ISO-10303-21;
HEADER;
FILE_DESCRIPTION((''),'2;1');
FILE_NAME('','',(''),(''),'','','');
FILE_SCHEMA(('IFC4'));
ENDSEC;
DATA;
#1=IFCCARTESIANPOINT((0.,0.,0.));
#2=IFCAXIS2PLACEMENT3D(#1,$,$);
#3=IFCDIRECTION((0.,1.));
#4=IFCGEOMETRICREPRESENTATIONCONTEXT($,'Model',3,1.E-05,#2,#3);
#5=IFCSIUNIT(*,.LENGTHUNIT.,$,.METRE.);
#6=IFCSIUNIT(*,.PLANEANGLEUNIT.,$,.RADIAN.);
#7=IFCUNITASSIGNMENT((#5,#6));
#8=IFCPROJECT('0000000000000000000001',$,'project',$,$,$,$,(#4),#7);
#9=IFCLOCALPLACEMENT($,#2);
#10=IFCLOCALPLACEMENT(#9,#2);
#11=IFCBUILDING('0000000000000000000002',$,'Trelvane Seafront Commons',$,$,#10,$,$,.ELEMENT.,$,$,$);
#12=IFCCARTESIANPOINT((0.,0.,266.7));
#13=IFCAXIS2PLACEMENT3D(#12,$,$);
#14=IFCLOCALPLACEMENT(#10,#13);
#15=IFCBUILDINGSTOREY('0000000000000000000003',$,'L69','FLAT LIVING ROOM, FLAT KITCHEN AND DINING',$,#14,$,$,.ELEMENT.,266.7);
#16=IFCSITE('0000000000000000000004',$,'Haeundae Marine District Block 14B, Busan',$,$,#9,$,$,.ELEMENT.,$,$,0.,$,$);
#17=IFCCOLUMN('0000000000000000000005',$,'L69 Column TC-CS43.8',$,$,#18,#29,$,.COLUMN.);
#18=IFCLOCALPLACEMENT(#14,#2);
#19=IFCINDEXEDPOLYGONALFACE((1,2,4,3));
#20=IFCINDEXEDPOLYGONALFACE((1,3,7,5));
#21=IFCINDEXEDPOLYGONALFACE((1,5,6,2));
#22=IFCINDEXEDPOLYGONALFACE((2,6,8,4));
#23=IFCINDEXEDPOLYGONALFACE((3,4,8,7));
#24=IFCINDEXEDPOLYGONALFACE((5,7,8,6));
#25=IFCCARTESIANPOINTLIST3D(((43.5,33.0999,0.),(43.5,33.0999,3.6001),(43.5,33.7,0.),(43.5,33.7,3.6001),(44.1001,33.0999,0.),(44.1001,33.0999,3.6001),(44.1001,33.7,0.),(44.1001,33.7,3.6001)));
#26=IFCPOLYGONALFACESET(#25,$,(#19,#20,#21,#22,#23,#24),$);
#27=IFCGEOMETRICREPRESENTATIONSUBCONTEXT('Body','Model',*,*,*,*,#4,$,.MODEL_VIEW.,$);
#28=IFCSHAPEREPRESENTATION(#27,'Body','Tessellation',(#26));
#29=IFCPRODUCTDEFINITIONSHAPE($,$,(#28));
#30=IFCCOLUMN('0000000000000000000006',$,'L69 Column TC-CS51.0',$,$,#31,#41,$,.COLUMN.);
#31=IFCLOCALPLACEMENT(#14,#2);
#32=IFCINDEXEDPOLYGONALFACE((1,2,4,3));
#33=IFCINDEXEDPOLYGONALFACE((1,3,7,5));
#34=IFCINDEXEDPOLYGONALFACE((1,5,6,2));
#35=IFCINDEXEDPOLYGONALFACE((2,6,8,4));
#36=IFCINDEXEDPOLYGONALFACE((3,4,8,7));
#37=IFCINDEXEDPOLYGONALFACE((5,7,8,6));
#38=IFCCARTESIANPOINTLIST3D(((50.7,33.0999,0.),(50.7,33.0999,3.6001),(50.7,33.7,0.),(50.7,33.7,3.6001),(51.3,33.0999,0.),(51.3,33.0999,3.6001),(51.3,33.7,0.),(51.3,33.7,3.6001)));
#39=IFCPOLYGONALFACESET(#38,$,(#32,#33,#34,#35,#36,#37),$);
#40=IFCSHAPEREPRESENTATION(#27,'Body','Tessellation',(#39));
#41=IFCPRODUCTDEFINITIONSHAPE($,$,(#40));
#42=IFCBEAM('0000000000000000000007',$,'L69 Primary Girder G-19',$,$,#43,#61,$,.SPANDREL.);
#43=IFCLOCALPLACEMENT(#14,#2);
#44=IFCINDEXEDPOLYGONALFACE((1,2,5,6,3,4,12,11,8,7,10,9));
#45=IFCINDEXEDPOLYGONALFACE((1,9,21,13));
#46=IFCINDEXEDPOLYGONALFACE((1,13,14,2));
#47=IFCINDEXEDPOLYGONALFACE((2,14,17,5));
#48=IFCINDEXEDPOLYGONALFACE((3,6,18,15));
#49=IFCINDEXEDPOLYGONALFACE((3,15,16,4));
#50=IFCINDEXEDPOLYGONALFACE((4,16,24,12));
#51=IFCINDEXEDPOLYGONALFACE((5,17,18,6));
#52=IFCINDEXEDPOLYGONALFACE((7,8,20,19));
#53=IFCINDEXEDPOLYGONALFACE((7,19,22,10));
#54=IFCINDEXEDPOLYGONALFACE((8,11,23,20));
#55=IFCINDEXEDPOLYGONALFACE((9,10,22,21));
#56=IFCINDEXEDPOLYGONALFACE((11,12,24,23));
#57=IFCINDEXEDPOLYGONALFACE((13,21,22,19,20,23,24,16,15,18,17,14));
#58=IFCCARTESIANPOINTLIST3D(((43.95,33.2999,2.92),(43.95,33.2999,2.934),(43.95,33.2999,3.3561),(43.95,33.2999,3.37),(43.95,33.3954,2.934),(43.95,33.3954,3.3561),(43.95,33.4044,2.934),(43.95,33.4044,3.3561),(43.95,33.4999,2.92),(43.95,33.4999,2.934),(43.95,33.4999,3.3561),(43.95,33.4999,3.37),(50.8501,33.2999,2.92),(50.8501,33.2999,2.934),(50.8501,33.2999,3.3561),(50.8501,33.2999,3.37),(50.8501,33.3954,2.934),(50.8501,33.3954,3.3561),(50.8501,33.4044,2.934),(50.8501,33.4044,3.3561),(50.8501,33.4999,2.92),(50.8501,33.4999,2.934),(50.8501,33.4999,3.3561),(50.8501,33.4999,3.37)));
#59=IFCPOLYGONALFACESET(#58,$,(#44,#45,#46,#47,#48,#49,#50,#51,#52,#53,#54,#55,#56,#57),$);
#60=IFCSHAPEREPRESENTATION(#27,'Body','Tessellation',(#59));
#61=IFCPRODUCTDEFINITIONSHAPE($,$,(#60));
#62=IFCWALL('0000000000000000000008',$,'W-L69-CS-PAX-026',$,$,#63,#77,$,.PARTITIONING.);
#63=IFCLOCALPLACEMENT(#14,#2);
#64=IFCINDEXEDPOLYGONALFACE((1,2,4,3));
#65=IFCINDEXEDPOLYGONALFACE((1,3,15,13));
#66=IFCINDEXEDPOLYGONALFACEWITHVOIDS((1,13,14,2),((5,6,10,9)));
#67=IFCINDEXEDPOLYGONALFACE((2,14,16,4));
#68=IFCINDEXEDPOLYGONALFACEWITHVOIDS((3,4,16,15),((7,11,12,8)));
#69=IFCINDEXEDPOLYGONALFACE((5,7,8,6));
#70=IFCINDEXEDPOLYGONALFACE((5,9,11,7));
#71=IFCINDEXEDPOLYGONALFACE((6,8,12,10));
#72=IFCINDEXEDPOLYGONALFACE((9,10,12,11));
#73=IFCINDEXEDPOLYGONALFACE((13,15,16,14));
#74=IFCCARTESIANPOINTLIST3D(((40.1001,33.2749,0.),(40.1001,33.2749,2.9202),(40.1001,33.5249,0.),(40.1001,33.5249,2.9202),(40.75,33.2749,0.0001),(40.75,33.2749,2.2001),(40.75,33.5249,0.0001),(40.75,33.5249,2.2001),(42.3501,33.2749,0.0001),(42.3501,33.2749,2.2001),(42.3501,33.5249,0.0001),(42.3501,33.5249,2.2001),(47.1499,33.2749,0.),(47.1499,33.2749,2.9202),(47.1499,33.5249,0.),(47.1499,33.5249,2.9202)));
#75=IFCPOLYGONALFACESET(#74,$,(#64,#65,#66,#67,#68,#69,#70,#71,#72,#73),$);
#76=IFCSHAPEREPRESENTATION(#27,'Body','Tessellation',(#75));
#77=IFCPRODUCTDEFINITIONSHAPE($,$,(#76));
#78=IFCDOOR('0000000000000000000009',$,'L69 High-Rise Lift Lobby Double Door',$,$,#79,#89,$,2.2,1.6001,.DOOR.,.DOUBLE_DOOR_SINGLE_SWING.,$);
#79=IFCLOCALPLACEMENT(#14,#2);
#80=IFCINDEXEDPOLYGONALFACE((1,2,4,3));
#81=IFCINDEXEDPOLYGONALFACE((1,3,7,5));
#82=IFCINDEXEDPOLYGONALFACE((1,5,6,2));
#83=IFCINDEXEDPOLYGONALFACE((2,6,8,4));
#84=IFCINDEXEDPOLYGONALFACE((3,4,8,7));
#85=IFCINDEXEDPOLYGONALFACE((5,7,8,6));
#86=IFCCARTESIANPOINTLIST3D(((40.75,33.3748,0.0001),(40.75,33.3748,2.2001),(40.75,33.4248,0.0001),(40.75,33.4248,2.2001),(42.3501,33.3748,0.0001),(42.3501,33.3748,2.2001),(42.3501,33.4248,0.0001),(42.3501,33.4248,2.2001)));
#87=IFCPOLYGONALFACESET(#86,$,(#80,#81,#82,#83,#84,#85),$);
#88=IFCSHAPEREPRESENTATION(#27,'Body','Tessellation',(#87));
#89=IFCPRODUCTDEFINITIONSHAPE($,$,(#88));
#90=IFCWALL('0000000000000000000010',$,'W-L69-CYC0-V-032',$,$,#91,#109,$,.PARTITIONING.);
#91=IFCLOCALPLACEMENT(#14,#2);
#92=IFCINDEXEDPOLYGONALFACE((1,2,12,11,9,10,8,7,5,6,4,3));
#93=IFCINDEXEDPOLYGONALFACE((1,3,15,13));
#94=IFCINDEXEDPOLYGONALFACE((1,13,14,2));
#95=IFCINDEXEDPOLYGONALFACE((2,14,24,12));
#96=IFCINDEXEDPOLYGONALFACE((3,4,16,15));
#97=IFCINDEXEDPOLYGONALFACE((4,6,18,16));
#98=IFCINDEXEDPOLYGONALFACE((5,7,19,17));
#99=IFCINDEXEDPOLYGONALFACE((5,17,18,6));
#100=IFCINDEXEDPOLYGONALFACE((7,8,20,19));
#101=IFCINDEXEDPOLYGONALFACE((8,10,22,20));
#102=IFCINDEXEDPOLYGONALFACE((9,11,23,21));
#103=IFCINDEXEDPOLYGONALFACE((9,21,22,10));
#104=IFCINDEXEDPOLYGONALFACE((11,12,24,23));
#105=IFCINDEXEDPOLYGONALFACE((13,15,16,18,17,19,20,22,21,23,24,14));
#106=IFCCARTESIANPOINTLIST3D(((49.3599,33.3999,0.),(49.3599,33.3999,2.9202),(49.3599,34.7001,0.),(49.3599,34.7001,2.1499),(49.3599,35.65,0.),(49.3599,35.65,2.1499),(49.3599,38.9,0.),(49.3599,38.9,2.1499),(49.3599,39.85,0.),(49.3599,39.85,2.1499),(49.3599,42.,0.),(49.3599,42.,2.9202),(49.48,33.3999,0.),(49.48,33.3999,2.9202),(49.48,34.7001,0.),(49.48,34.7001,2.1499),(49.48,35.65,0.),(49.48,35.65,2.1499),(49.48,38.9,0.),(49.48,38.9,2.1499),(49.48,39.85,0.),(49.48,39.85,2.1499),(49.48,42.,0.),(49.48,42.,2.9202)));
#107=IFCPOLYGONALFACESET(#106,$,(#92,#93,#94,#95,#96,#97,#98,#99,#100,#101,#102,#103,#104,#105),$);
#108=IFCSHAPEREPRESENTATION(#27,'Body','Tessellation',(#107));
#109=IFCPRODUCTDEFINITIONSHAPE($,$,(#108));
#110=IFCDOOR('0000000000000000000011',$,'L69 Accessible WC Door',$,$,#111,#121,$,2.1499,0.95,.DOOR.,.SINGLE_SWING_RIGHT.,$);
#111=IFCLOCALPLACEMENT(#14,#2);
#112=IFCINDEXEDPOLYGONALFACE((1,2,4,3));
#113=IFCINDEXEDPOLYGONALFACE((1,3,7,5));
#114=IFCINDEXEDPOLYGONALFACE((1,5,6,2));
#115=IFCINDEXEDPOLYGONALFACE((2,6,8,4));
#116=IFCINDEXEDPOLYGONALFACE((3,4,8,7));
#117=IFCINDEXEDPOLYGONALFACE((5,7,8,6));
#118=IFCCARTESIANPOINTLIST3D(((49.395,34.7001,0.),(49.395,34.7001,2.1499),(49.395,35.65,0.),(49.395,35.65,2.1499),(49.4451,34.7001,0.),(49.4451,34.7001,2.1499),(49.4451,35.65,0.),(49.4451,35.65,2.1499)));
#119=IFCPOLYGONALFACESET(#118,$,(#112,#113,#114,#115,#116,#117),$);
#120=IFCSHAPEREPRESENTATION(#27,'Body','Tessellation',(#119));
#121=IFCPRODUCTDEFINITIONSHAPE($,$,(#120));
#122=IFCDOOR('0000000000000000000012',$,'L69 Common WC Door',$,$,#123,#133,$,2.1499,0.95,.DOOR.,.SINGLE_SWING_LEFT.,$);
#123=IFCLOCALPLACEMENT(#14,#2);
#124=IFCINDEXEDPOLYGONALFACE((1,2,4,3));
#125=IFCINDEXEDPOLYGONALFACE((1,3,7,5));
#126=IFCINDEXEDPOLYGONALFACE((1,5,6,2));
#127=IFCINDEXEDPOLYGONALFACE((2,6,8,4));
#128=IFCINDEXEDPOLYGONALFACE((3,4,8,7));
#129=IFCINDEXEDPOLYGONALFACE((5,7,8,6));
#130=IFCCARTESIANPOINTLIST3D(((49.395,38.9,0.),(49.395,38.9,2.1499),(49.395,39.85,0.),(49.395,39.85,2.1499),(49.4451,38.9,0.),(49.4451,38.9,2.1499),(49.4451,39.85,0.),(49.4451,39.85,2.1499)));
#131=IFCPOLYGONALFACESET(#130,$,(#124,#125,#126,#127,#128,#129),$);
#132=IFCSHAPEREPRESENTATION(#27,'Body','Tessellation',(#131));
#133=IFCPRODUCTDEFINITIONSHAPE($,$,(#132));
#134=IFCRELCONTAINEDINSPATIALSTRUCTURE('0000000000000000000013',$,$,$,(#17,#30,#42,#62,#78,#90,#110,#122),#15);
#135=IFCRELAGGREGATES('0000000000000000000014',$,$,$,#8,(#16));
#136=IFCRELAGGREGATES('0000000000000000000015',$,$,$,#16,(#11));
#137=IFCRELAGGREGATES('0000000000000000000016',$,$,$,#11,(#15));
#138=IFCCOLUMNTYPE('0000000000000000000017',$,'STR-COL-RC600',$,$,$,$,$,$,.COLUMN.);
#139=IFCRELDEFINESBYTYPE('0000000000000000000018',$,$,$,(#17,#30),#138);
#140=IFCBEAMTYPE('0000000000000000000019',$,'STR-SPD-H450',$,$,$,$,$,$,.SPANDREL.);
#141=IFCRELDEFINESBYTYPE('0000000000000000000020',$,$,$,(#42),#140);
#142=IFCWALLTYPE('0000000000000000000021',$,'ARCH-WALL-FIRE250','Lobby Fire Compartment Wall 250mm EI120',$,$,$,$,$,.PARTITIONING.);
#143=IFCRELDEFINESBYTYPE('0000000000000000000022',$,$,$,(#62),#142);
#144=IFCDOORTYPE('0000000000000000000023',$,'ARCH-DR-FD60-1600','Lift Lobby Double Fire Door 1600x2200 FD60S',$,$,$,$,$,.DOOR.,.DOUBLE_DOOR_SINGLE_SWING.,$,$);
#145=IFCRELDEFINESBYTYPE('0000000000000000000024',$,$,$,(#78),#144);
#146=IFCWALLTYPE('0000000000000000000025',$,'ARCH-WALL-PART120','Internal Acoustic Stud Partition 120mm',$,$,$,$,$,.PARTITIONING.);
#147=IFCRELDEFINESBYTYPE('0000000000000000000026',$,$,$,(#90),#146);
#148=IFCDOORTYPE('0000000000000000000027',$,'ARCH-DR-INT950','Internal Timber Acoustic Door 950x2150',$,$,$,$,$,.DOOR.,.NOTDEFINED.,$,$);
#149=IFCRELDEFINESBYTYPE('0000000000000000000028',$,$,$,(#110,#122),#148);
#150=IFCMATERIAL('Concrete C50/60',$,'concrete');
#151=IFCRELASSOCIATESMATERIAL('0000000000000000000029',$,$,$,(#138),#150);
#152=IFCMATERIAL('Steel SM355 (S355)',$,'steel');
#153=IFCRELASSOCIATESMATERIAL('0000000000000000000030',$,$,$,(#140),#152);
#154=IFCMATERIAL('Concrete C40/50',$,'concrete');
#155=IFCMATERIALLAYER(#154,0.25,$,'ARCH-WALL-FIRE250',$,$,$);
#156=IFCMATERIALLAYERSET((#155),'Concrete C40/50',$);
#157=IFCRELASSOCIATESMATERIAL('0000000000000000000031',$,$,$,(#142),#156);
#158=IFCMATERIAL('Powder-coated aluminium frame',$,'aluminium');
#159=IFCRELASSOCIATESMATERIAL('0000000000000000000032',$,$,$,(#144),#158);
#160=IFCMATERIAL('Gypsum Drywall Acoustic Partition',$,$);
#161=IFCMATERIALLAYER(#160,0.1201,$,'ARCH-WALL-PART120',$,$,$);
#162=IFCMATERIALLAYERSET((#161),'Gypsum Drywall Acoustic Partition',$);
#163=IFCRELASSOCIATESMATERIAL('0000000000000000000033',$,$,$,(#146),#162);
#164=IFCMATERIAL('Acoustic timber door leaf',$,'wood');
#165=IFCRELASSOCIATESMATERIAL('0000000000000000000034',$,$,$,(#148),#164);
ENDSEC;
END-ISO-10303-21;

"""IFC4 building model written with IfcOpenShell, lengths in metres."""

from ifc_helpers import new_model, si_unit, direction, frame, frame_2d, origin, origin_2d, place, context, subcontext, project, spatial, rectangle, i_section, extrude, source, transform, mapped, material, layer, layer_set, material_profile, profile_set, type_object, element, fill, save


model = new_model("IFC4")

# Units and contexts
model_context = context("Model", 3, precision=1e-05, world=origin(), true_north=direction((0.0, 1.0)))
body_context = subcontext(model_context, "Body", "Model", "MODEL_VIEW")
ifc_project = project(units=[si_unit("LENGTHUNIT", "METRE"), si_unit("PLANEANGLEUNIT", "RADIAN")], contexts=[model_context])

# Site, building, storey
site_placement = place(None, origin())
site = spatial("IfcSite", under=ifc_project, at=site_placement, Name="Haeundae Marine District Block 14B, Busan", CompositionType="ELEMENT", RefElevation=0.0)
building_placement = place(site_placement, origin())
building = spatial("IfcBuilding", under=site, at=building_placement, Name="Trelvane Seafront Commons", CompositionType="ELEMENT")
storey_placement = place(building_placement, frame((0.0, 0.0, 266.7)))
storey = spatial("IfcBuildingStorey", under=building, at=storey_placement, Name="L69", Description="FLAT LIVING ROOM, FLAT KITCHEN AND DINING", CompositionType="ELEMENT", Elevation=266.7)

# Columns
ifc_material_1 = material(Name="Concrete C50/60", Category="concrete")
ifc_material_profile_1 = material_profile(ifc_material_1, rectangle(XDim=0.6001, YDim=0.6001, at=origin_2d()), Name="RC-600x600")
ifc_profile_set_1 = profile_set([ifc_material_profile_1], Name="Concrete C50/60")
column_type = type_object("IfcColumnType", Name="STR-COL-RC600", PredefinedType="COLUMN", material=ifc_profile_set_1)
shared_shape_1 = source(origin(), body_context, "Body", "SweptSolid", [
    extrude(rectangle(XDim=0.6001, YDim=0.6001, at=origin_2d()), origin(), (0.0, 0.0, 1.0), 3.6001),
])
for number, where, z_axis, x_axis, name in (
    (1, (43.8, 33.3999, 0.0), (0.0, 0.0, 1.0), (1.0, 0.0, 0.0), "L69 Column TC-CS43.8"),
    (2, (51.0, 33.3999, 0.0), (0.0, 0.0, 1.0), (1.0, 0.0, 0.0), "L69 Column TC-CS51.0"),
):
    element("IfcColumn", number, at=place(storey_placement, frame(where, z_axis=z_axis, x_axis=x_axis)), inside=storey, type_object=column_type, Name=name, PredefinedType="COLUMN", context=body_context, shape_type="MappedRepresentation", body=[
        mapped(shared_shape_1, transform((0.0, 0.0, 0.0), x_axis=(1.0, 0.0, 0.0), y_axis=(0.0, 1.0, 0.0), z_axis=(0.0, 0.0, 1.0), scale=1.0)),
    ])

# Beam
ifc_material_2 = material(Name="Steel SM355 (S355)", Category="steel")
ifc_material_profile_2 = material_profile(ifc_material_2, i_section(OverallWidth=0.2, OverallDepth=0.45, WebThickness=0.009, FlangeThickness=0.0139, at=origin_2d()), Name="H-450x200x9x14")
ifc_profile_set_2 = profile_set([ifc_material_profile_2], Name="Steel SM355 (S355)")
beam_type = type_object("IfcBeamType", Name="STR-SPD-H450", PredefinedType="SPANDREL", material=ifc_profile_set_2)
shared_shape_2 = source(origin(), body_context, "Body", "SweptSolid", [
    extrude(i_section(OverallWidth=0.2, OverallDepth=0.45, WebThickness=0.009, FlangeThickness=0.0139, at=origin_2d()), origin(), (0.0, 0.0, 1.0), 6.9001),
])
beam_placement = place(storey_placement, frame((43.95, 33.3999, 3.145), z_axis=(1.0, 0.0, 0.0), x_axis=(0.0, 1.0, 0.0)))
element("IfcBeam", 3, at=beam_placement, inside=storey, type_object=beam_type, Name="L69 Primary Girder G-19", PredefinedType="SPANDREL", context=body_context, shape_type="MappedRepresentation", body=[
    mapped(shared_shape_2, transform((0.0, 0.0, 0.0), x_axis=(1.0, 0.0, 0.0), y_axis=(0.0, 1.0, 0.0), z_axis=(0.0, 0.0, 1.0), scale=1.0)),
])

# Wall, opening, door
ifc_material_3 = material(Name="Concrete C40/50", Category="concrete")
ifc_layer_1 = layer(ifc_material_3, 0.25, Name="ARCH-WALL-FIRE250")
ifc_layer_set_1 = layer_set([ifc_layer_1], Name="Concrete C40/50")
wall_type_1 = type_object("IfcWallType", Name="ARCH-WALL-FIRE250", Description="Lobby Fire Compartment Wall 250mm EI120", PredefinedType="PARTITIONING", material=ifc_layer_set_1)
wall_1_placement = place(storey_placement, frame((40.1001, 33.3999, 0.0), z_axis=(0.0, 0.0, 1.0), x_axis=(1.0, 0.0, 0.0)))
wall_1 = element("IfcWall", 4, at=wall_1_placement, inside=storey, type_object=wall_type_1, Name="W-L69-CS-PAX-026", PredefinedType="PARTITIONING", context=body_context, shape_type="SweptSolid", body=[
    extrude(rectangle(XDim=7.0498, YDim=0.25, at=frame_2d((3.5249, 0.0))), origin(), (0.0, 0.0, 1.0), 2.9202),
])
opening_1_placement = place(wall_1_placement, frame((0.6499, 0.0, 0.0)))
opening_1 = element("IfcOpeningElement", 5, at=opening_1_placement, cuts=wall_1, PredefinedType="OPENING", context=body_context, shape_type="SweptSolid", body=[
    extrude(rectangle(XDim=1.6001, YDim=2.2, at=frame_2d((0.8, 1.1001))), frame((0.0, 0.135, 0.0), z_axis=(0.0, -1.0, 0.0), x_axis=(1.0, 0.0, 0.0)), (0.0, 0.0, 1.0), 0.27),
])
ifc_material_4 = material(Name="Powder-coated aluminium frame", Category="aluminium")
door_type_1 = type_object("IfcDoorType", Name="ARCH-DR-FD60-1600", Description="Lift Lobby Double Fire Door 1600x2200 FD60S", OperationType="DOUBLE_DOOR_SINGLE_SWING", PredefinedType="DOOR", material=ifc_material_4)
shared_shape_3 = source(origin(), body_context, "Body", "SweptSolid", [
    extrude(rectangle(XDim=1.6001, YDim=2.2, at=frame_2d((0.8, 1.1001))), frame((0.0, 0.0249, 0.0), z_axis=(0.0, -1.0, 0.0), x_axis=(1.0, 0.0, 0.0)), (0.0, 0.0, 1.0), 0.05),
])
door_1_placement = place(opening_1_placement, origin())
door_1 = element("IfcDoor", 6, at=door_1_placement, inside=storey, type_object=door_type_1, Name="L69 High-Rise Lift Lobby Double Door", OperationType="DOUBLE_DOOR_SINGLE_SWING", OverallHeight=2.2, OverallWidth=1.6001, PredefinedType="DOOR", context=body_context, shape_type="MappedRepresentation", body=[
    mapped(shared_shape_3, transform((0.0, 0.0, 0.0), x_axis=(1.0, 0.0, 0.0), y_axis=(0.0, 1.0, 0.0), z_axis=(0.0, 0.0, 1.0), scale=1.0)),
])
fill(opening_1, door_1)

# Wall, openings, doors
shared_shape_4 = source(origin(), body_context, "Body", "SweptSolid", [
    extrude(rectangle(XDim=0.95, YDim=2.1499, at=frame_2d((0.4751, 1.075))), frame((0.0, 0.0249, 0.0), z_axis=(0.0, -1.0, 0.0), x_axis=(1.0, 0.0, 0.0)), (0.0, 0.0, 1.0), 0.05),
])
ifc_material_5 = material(Name="Gypsum Drywall Acoustic Partition")
ifc_layer_2 = layer(ifc_material_5, 0.1201, Name="ARCH-WALL-PART120")
ifc_layer_set_2 = layer_set([ifc_layer_2], Name="Gypsum Drywall Acoustic Partition")
wall_type_2 = type_object("IfcWallType", Name="ARCH-WALL-PART120", Description="Internal Acoustic Stud Partition 120mm", PredefinedType="PARTITIONING", material=ifc_layer_set_2)
wall_2_placement = place(storey_placement, frame((49.4199, 33.3999, 0.0), z_axis=(0.0, 0.0, 1.0), x_axis=(0.0, 1.0, 0.0)))
wall_2 = element("IfcWall", 7, at=wall_2_placement, inside=storey, type_object=wall_type_2, Name="W-L69-CYC0-V-032", PredefinedType="PARTITIONING", context=body_context, shape_type="SweptSolid", body=[
    extrude(rectangle(XDim=8.6001, YDim=0.1201, at=frame_2d((4.3, 0.0))), origin(), (0.0, 0.0, 1.0), 2.9202),
])
opening_2_placement = place(wall_2_placement, frame((1.3, 0.0, 0.0)))
opening_2 = element("IfcOpeningElement", 8, at=opening_2_placement, cuts=wall_2, PredefinedType="OPENING", context=body_context, shape_type="SweptSolid", body=[
    extrude(rectangle(XDim=0.95, YDim=2.1499, at=frame_2d((0.4751, 1.075))), frame((0.0, 0.0701, 0.0), z_axis=(0.0, -1.0, 0.0), x_axis=(1.0, 0.0, 0.0)), (0.0, 0.0, 1.0), 0.1401),
])
opening_3_placement = place(wall_2_placement, frame((5.5, 0.0, 0.0)))
opening_3 = element("IfcOpeningElement", 9, at=opening_3_placement, cuts=wall_2, PredefinedType="OPENING", context=body_context, shape_type="SweptSolid", body=[
    extrude(rectangle(XDim=0.95, YDim=2.1499, at=frame_2d((0.4751, 1.075))), frame((0.0, 0.0701, 0.0), z_axis=(0.0, -1.0, 0.0), x_axis=(1.0, 0.0, 0.0)), (0.0, 0.0, 1.0), 0.1401),
])
ifc_material_6 = material(Name="Acoustic timber door leaf", Category="wood")
door_type_2 = type_object("IfcDoorType", Name="ARCH-DR-INT950", Description="Internal Timber Acoustic Door 950x2150", OperationType="NOTDEFINED", PredefinedType="DOOR", material=ifc_material_6)
door_2_placement = place(opening_2_placement, origin())
door_2 = element("IfcDoor", 10, at=door_2_placement, inside=storey, type_object=door_type_2, Name="L69 Accessible WC Door", OperationType="SINGLE_SWING_RIGHT", OverallHeight=2.1499, OverallWidth=0.95, PredefinedType="DOOR", context=body_context, shape_type="MappedRepresentation", body=[
    mapped(shared_shape_4, transform((0.0, 0.0, 0.0), x_axis=(1.0, 0.0, 0.0), y_axis=(0.0, 1.0, 0.0), z_axis=(0.0, 0.0, 1.0), scale=1.0)),
])
fill(opening_2, door_2)
door_3_placement = place(opening_3_placement, origin())
door_3 = element("IfcDoor", 11, at=door_3_placement, inside=storey, type_object=door_type_2, Name="L69 Common WC Door", OperationType="SINGLE_SWING_LEFT", OverallHeight=2.1499, OverallWidth=0.95, PredefinedType="DOOR", context=body_context, shape_type="MappedRepresentation", body=[
    mapped(shared_shape_4, transform((0.0, 0.0, 0.0), x_axis=(1.0, 0.0, 0.0), y_axis=(0.0, 1.0, 0.0), z_axis=(0.0, 0.0, 1.0), scale=1.0)),
])
fill(opening_3, door_3)

save(model, "model.ifc")
